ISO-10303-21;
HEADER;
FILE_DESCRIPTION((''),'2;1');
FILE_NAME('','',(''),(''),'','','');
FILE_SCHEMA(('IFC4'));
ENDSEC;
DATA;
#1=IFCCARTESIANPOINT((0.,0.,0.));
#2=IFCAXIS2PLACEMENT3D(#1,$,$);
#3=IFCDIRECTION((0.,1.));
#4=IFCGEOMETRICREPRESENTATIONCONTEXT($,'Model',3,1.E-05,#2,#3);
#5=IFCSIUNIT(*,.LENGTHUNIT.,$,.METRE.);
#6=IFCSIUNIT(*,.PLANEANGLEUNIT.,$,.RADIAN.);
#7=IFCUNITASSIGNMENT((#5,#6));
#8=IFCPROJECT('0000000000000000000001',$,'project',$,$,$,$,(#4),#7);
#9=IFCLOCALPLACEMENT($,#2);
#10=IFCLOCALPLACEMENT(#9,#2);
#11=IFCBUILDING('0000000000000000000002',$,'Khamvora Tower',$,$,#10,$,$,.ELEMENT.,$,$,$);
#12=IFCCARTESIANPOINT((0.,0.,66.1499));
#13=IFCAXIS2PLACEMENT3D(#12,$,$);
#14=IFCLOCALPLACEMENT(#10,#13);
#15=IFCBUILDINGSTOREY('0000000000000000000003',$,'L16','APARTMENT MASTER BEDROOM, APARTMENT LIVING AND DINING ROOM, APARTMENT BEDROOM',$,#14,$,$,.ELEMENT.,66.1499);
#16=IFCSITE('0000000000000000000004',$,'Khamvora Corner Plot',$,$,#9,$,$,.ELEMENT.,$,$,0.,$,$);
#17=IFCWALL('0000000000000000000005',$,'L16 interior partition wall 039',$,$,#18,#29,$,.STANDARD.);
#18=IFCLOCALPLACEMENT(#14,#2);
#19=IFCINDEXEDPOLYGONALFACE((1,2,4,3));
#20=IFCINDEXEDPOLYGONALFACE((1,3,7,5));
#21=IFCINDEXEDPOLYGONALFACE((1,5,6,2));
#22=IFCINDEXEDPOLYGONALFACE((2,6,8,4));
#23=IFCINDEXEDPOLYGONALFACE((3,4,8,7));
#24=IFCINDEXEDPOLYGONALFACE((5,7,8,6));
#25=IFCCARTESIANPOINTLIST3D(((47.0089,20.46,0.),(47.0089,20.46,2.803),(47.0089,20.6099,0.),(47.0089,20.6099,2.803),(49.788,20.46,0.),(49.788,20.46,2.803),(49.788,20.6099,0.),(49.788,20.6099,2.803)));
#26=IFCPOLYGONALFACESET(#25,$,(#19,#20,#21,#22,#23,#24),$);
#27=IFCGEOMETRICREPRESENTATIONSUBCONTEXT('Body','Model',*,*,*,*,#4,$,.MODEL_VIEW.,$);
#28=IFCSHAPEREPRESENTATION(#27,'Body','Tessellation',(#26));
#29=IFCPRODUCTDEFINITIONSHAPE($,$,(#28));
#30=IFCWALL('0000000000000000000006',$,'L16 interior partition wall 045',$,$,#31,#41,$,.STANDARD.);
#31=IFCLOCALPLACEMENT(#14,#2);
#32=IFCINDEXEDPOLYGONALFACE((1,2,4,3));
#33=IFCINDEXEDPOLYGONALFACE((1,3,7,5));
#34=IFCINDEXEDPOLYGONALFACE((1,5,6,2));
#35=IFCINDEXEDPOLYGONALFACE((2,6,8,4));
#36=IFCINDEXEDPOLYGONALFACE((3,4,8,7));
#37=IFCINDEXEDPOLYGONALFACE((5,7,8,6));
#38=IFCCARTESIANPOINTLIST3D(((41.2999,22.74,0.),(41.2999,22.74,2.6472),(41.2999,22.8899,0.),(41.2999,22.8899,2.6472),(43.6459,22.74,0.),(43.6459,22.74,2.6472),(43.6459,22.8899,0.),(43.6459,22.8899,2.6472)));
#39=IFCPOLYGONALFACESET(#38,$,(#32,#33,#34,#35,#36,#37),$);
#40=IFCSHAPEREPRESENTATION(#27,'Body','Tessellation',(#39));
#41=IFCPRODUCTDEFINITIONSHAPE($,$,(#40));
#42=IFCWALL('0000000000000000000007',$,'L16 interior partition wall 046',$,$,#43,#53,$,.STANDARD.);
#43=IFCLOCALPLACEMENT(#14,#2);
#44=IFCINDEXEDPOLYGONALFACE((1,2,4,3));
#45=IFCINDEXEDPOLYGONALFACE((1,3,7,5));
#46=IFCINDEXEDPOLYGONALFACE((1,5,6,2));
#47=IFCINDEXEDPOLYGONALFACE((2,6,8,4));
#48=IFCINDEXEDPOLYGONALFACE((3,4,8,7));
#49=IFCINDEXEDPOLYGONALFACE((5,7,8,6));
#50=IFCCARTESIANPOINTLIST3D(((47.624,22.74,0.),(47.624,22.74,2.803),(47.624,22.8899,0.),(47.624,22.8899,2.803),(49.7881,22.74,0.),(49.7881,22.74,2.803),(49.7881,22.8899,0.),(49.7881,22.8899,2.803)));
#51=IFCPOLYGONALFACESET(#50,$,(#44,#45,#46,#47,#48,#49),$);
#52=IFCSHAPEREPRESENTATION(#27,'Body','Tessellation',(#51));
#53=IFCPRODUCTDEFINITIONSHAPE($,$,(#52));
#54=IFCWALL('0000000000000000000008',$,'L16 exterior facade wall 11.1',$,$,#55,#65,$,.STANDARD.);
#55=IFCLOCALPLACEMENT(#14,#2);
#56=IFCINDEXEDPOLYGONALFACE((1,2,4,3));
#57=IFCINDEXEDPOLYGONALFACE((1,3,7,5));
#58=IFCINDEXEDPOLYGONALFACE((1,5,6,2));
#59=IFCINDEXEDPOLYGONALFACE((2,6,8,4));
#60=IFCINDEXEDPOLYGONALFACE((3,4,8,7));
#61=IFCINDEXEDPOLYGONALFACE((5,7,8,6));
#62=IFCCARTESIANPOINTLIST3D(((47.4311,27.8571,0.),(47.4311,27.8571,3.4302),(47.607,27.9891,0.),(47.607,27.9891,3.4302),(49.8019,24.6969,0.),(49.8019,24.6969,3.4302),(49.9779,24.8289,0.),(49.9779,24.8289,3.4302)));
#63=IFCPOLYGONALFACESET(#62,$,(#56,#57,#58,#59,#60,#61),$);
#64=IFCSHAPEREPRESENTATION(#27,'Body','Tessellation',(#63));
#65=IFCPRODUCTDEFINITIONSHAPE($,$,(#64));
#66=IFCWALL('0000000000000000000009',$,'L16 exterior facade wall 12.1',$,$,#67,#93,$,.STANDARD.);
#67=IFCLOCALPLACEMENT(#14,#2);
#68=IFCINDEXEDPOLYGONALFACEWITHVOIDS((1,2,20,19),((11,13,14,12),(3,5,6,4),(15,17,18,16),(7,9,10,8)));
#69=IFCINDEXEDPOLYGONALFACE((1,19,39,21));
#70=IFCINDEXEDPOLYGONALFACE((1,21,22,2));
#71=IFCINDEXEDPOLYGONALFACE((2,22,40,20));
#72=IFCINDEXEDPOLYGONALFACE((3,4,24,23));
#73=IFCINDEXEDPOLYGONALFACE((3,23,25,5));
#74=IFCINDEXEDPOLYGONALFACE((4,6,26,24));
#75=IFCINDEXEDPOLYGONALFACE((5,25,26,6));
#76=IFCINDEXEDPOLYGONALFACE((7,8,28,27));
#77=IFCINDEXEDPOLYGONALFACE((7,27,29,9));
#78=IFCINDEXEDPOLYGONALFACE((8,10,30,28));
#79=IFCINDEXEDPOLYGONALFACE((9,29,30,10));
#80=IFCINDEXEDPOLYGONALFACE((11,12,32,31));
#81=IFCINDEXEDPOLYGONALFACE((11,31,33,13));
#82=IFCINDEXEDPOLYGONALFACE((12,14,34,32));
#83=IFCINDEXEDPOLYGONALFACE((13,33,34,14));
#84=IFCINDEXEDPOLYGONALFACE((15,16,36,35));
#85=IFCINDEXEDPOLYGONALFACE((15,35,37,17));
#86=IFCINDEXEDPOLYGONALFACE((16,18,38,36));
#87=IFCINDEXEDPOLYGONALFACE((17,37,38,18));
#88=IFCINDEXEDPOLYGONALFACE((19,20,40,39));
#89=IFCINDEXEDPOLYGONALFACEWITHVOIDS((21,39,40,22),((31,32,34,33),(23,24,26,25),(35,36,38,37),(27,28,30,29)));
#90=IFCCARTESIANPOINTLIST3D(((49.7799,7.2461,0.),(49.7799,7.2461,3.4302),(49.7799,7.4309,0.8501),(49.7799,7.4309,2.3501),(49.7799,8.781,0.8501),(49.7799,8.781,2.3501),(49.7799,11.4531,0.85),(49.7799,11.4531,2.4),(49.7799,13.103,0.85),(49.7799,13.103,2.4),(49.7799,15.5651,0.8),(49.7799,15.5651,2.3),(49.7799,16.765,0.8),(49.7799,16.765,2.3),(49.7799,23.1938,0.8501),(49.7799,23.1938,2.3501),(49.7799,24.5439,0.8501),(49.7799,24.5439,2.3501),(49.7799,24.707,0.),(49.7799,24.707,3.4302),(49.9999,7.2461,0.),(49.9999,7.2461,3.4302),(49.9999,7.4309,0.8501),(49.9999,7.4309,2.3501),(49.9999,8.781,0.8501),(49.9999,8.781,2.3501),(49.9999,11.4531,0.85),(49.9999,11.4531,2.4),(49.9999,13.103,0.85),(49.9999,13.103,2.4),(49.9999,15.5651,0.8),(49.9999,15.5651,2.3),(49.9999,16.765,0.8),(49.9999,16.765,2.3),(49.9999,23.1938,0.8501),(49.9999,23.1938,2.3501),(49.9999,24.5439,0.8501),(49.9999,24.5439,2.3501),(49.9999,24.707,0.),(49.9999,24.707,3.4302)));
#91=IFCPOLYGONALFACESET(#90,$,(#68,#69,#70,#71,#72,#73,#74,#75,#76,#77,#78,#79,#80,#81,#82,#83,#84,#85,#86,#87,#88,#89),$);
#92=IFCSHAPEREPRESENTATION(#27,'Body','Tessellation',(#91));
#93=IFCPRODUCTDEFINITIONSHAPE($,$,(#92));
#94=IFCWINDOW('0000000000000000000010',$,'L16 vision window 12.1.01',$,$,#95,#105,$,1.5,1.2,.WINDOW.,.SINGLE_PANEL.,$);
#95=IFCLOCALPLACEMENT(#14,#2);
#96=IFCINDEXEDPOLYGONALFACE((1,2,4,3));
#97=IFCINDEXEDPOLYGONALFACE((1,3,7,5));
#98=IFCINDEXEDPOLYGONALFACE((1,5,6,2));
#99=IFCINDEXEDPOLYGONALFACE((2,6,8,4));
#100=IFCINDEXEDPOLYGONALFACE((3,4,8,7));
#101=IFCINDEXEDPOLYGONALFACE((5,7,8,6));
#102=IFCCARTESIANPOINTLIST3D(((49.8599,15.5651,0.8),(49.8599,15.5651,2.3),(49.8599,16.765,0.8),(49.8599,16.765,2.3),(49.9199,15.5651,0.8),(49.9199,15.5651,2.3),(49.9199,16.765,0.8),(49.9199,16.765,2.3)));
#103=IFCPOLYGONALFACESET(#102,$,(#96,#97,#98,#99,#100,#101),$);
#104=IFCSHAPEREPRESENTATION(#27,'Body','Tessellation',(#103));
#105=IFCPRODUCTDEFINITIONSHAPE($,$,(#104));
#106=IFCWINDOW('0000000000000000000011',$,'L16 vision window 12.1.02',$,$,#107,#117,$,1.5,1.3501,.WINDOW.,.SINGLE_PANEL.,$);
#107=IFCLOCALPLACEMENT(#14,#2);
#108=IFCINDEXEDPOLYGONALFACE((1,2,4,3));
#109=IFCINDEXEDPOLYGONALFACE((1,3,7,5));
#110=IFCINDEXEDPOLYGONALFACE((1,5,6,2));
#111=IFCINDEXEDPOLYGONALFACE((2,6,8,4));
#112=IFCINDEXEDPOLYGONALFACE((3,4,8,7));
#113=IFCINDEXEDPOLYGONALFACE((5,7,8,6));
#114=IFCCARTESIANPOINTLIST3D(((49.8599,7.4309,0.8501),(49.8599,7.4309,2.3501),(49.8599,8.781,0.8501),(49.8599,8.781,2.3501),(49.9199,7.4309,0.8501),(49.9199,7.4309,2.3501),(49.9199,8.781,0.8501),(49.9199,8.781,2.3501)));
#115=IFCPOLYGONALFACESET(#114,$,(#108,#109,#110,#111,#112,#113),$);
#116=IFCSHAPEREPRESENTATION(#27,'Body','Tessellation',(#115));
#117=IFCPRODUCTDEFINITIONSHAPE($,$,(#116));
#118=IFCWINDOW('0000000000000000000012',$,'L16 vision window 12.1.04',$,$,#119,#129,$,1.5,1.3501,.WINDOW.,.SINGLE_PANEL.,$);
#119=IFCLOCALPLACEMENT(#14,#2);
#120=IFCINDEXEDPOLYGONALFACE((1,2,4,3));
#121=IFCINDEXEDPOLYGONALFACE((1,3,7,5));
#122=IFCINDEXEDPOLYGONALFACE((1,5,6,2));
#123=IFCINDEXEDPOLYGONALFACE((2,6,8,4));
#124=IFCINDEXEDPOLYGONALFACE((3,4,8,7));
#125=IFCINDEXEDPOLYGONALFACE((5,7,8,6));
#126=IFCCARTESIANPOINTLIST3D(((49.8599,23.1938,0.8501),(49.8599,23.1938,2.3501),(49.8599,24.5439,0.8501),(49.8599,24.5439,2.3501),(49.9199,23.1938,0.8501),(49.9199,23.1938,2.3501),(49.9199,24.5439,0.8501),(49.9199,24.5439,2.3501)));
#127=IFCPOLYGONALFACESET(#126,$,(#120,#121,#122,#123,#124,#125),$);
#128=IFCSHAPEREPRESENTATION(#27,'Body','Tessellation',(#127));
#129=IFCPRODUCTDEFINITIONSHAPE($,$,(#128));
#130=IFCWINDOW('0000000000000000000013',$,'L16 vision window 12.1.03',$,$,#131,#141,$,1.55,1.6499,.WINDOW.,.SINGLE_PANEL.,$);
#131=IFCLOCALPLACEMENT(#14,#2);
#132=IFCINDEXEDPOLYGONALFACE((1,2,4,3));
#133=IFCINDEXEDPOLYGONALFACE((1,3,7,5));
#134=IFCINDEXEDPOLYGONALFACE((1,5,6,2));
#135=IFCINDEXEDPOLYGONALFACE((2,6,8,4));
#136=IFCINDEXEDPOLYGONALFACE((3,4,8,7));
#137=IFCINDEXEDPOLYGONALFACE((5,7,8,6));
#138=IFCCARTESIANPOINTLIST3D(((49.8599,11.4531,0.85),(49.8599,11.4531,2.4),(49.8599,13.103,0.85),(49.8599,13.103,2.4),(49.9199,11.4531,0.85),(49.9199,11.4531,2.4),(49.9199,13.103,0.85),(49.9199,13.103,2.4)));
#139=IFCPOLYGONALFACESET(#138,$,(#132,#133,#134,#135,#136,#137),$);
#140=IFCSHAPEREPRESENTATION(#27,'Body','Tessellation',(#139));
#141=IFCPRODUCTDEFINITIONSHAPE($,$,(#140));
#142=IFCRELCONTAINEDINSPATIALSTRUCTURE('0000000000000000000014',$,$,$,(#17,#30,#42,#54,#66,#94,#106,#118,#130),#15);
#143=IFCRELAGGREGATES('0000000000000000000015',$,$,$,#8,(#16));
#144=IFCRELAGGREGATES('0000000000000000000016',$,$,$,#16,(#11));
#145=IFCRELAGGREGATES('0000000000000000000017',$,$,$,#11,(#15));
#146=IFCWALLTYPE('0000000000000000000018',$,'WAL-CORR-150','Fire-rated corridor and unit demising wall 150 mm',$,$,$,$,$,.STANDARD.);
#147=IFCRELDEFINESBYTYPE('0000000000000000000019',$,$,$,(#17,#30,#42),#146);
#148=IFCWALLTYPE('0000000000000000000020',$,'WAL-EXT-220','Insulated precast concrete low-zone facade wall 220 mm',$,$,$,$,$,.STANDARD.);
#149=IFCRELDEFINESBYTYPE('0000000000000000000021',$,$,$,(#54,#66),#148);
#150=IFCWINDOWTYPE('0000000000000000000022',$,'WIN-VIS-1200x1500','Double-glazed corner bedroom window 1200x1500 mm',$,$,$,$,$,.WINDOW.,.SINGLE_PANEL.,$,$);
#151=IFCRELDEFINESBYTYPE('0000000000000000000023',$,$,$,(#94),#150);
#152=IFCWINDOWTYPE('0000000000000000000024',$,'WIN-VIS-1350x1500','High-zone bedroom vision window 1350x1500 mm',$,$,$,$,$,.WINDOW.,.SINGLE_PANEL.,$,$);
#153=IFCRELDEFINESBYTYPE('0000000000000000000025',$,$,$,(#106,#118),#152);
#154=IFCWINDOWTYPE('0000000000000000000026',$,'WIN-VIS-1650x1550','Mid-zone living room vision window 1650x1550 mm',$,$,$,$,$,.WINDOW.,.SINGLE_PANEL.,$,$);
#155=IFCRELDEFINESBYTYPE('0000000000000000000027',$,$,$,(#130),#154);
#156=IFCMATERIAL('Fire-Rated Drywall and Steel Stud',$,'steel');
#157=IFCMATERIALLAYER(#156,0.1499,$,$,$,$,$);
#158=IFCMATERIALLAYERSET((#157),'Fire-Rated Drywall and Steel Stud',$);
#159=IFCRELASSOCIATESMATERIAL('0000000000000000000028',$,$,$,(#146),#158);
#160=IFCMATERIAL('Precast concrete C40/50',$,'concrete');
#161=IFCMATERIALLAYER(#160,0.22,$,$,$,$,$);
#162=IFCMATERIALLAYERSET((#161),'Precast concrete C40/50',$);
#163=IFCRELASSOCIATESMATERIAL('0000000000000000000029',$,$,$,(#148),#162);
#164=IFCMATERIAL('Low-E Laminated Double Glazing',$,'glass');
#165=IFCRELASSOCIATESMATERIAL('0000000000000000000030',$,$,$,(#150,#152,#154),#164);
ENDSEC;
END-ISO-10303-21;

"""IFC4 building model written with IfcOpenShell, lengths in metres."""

from ifc_helpers import new_model, si_unit, direction, frame, frame_2d, origin, place, context, subcontext, project, spatial, rectangle, extrude, material, layer, layer_set, type_object, element, fill, save


model = new_model("IFC4")

# Units and contexts
model_context = context("Model", 3, precision=1e-05, world=origin(), true_north=direction((0.0, 1.0)))
body_context = subcontext(model_context, "Body", "Model", "MODEL_VIEW")
ifc_project = project(units=[si_unit("LENGTHUNIT", "METRE"), si_unit("PLANEANGLEUNIT", "RADIAN")], contexts=[model_context])

# Site, building, storey
site_placement = place(None, origin())
site = spatial("IfcSite", under=ifc_project, at=site_placement, Name="Khamvora Corner Plot", CompositionType="ELEMENT", RefElevation=0.0)
building_placement = place(site_placement, origin())
building = spatial("IfcBuilding", under=site, at=building_placement, Name="Khamvora Tower", CompositionType="ELEMENT")
storey_placement = place(building_placement, frame((0.0, 0.0, 66.1499)))
storey = spatial("IfcBuildingStorey", under=building, at=storey_placement, Name="L16", Description="APARTMENT MASTER BEDROOM, APARTMENT LIVING AND DINING ROOM, APARTMENT BEDROOM", CompositionType="ELEMENT", Elevation=66.1499)

# Shared definitions
ifc_material_1 = material(Name="Fire-Rated Drywall and Steel Stud", Category="steel")
ifc_layer_1 = layer(ifc_material_1, 0.1499)
ifc_layer_set_1 = layer_set([ifc_layer_1], Name="Fire-Rated Drywall and Steel Stud")
wall_type_1 = type_object("IfcWallType", Name="WAL-CORR-150", Description="Fire-rated corridor and unit demising wall 150 mm", PredefinedType="STANDARD", material=ifc_layer_set_1)

# Wall
wall_1_placement = place(storey_placement, frame((49.7881, 20.5349, 0.0), z_axis=(0.0, 0.0, 1.0), x_axis=(-1.0, 0.0, 0.0)))
element("IfcWall", 1, at=wall_1_placement, inside=storey, type_object=wall_type_1, Name="L16 interior partition wall 039", PredefinedType="STANDARD", context=body_context, shape_type="SweptSolid", body=[
    extrude(rectangle(XDim=2.7791, YDim=0.1499, at=frame_2d((1.3896, 0.0))), origin(), (0.0, 0.0, 1.0), 2.803),
])

# Walls
wall_2_placement = place(storey_placement, frame((41.3, 22.8149, 0.0), z_axis=(0.0, 0.0, 1.0), x_axis=(1.0, 0.0, 0.0)))
element("IfcWall", 2, at=wall_2_placement, inside=storey, type_object=wall_type_1, Name="L16 interior partition wall 045", PredefinedType="STANDARD", context=body_context, shape_type="SweptSolid", body=[
    extrude(rectangle(XDim=2.3459, YDim=0.1499, at=frame_2d((1.1729, 0.0))), origin(), (0.0, 0.0, 1.0), 2.6472),
])
wall_3_placement = place(storey_placement, frame((47.624, 22.8149, 0.0), z_axis=(0.0, 0.0, 1.0), x_axis=(1.0, 0.0, 0.0)))
element("IfcWall", 3, at=wall_3_placement, inside=storey, type_object=wall_type_1, Name="L16 interior partition wall 046", PredefinedType="STANDARD", context=body_context, shape_type="SweptSolid", body=[
    extrude(rectangle(XDim=2.1641, YDim=0.1499, at=frame_2d((1.082, 0.0))), origin(), (0.0, 0.0, 1.0), 2.803),
])
ifc_material_2 = material(Name="Precast concrete C40/50", Category="concrete")
ifc_layer_2 = layer(ifc_material_2, 0.22)
ifc_layer_set_2 = layer_set([ifc_layer_2], Name="Precast concrete C40/50")
wall_type_2 = type_object("IfcWallType", Name="WAL-EXT-220", Description="Insulated precast concrete low-zone facade wall 220 mm", PredefinedType="STANDARD", material=ifc_layer_set_2)
wall_4_placement = place(storey_placement, frame((47.519, 27.9231, 0.0), z_axis=(0.0, 0.0, 1.0), x_axis=(0.600119, -0.799911, 0.0)))
element("IfcWall", 4, at=wall_4_placement, inside=storey, type_object=wall_type_2, Name="L16 exterior facade wall 11.1", PredefinedType="STANDARD", context=body_context, shape_type="SweptSolid", body=[
    extrude(rectangle(XDim=3.9507, YDim=0.22, at=frame_2d((1.9753, 0.0))), origin(), (0.0, 0.0, 1.0), 3.4302),
])

# Wall, openings, windows
wall_5_placement = place(storey_placement, frame((49.8899, 24.707, 0.0), z_axis=(0.0, 0.0, 1.0), x_axis=(0.0, -1.0, 0.0)))
wall_5 = element("IfcWall", 5, at=wall_5_placement, inside=storey, type_object=wall_type_2, Name="L16 exterior facade wall 12.1", PredefinedType="STANDARD", context=body_context, shape_type="SweptSolid", body=[
    extrude(rectangle(XDim=17.4609, YDim=0.22, at=frame_2d((8.7305, 0.0))), origin(), (0.0, 0.0, 1.0), 3.4302),
])
opening_1_placement = place(wall_5_placement, frame((7.9419, 0.0, 0.8)))
opening_1 = element("IfcOpeningElement", 6, at=opening_1_placement, cuts=wall_5, PredefinedType="OPENING", context=body_context, shape_type="SweptSolid", body=[
    extrude(rectangle(XDim=1.2, YDim=1.5, at=frame_2d((0.6001, 0.75))), frame((0.0, 0.1199, 0.0), z_axis=(0.0, -1.0, 0.0), x_axis=(1.0, 0.0, 0.0)), (0.0, 0.0, 1.0), 0.24),
])
opening_2_placement = place(wall_5_placement, frame((15.926, 0.0, 0.8501)))
opening_2 = element("IfcOpeningElement", 7, at=opening_2_placement, cuts=wall_5, PredefinedType="OPENING", context=body_context, shape_type="SweptSolid", body=[
    extrude(rectangle(XDim=1.3501, YDim=1.5, at=frame_2d((0.675, 0.75))), frame((0.0, 0.1199, 0.0), z_axis=(0.0, -1.0, 0.0), x_axis=(1.0, 0.0, 0.0)), (0.0, 0.0, 1.0), 0.24),
])
opening_3_placement = place(wall_5_placement, frame((11.604, 0.0, 0.8501)))
opening_3 = element("IfcOpeningElement", 8, at=opening_3_placement, cuts=wall_5, PredefinedType="OPENING", context=body_context, shape_type="SweptSolid", body=[
    extrude(rectangle(XDim=1.6499, YDim=1.55, at=frame_2d((0.825, 0.7749))), frame((0.0, 0.1199, 0.0), z_axis=(0.0, -1.0, 0.0), x_axis=(1.0, 0.0, 0.0)), (0.0, 0.0, 1.0), 0.24),
])
opening_4_placement = place(wall_5_placement, frame((0.1631, 0.0, 0.8501)))
opening_4 = element("IfcOpeningElement", 9, at=opening_4_placement, cuts=wall_5, PredefinedType="OPENING", context=body_context, shape_type="SweptSolid", body=[
    extrude(rectangle(XDim=1.3501, YDim=1.5, at=frame_2d((0.675, 0.75))), frame((0.0, 0.1199, 0.0), z_axis=(0.0, -1.0, 0.0), x_axis=(1.0, 0.0, 0.0)), (0.0, 0.0, 1.0), 0.24),
])
ifc_material_3 = material(Name="Low-E Laminated Double Glazing", Category="glass")
window_type_1 = type_object("IfcWindowType", Name="WIN-VIS-1200x1500", Description="Double-glazed corner bedroom window 1200x1500 mm", PartitioningType="SINGLE_PANEL", PredefinedType="WINDOW", material=ifc_material_3)
window_1_placement = place(opening_1_placement, origin())
window_1 = element("IfcWindow", 10, at=window_1_placement, inside=storey, type_object=window_type_1, Name="L16 vision window 12.1.01", OverallHeight=1.5, OverallWidth=1.2, PartitioningType="SINGLE_PANEL", PredefinedType="WINDOW", context=body_context, shape_type="SweptSolid", body=[
    extrude(rectangle(XDim=1.2, YDim=1.5, at=frame_2d((0.6001, 0.75))), frame((0.0, 0.03, 0.0), z_axis=(0.0, -1.0, 0.0), x_axis=(1.0, 0.0, 0.0)), (0.0, 0.0, 1.0), 0.0601),
])
fill(opening_1, window_1)
window_type_2 = type_object("IfcWindowType", Name="WIN-VIS-1350x1500", Description="High-zone bedroom vision window 1350x1500 mm", PartitioningType="SINGLE_PANEL", PredefinedType="WINDOW", material=ifc_material_3)
window_2_placement = place(opening_2_placement, origin())
window_2 = element("IfcWindow", 11, at=window_2_placement, inside=storey, type_object=window_type_2, Name="L16 vision window 12.1.02", OverallHeight=1.5, OverallWidth=1.3501, PartitioningType="SINGLE_PANEL", PredefinedType="WINDOW", context=body_context, shape_type="SweptSolid", body=[
    extrude(rectangle(XDim=1.3501, YDim=1.5, at=frame_2d((0.675, 0.75))), frame((0.0, 0.03, 0.0), z_axis=(0.0, -1.0, 0.0), x_axis=(1.0, 0.0, 0.0)), (0.0, 0.0, 1.0), 0.0601),
])
fill(opening_2, window_2)
window_3_placement = place(opening_4_placement, origin())
window_3 = element("IfcWindow", 12, at=window_3_placement, inside=storey, type_object=window_type_2, Name="L16 vision window 12.1.04", OverallHeight=1.5, OverallWidth=1.3501, PartitioningType="SINGLE_PANEL", PredefinedType="WINDOW", context=body_context, shape_type="SweptSolid", body=[
    extrude(rectangle(XDim=1.3501, YDim=1.5, at=frame_2d((0.675, 0.75))), frame((0.0, 0.03, 0.0), z_axis=(0.0, -1.0, 0.0), x_axis=(1.0, 0.0, 0.0)), (0.0, 0.0, 1.0), 0.0601),
])
fill(opening_4, window_3)
window_type_3 = type_object("IfcWindowType", Name="WIN-VIS-1650x1550", Description="Mid-zone living room vision window 1650x1550 mm", PartitioningType="SINGLE_PANEL", PredefinedType="WINDOW", material=ifc_material_3)
window_4_placement = place(opening_3_placement, origin())
window_4 = element("IfcWindow", 13, at=window_4_placement, inside=storey, type_object=window_type_3, Name="L16 vision window 12.1.03", OverallHeight=1.55, OverallWidth=1.6499, PartitioningType="SINGLE_PANEL", PredefinedType="WINDOW", context=body_context, shape_type="SweptSolid", body=[
    extrude(rectangle(XDim=1.6499, YDim=1.55, at=frame_2d((0.825, 0.7749))), frame((0.0, 0.03, 0.0), z_axis=(0.0, -1.0, 0.0), x_axis=(1.0, 0.0, 0.0)), (0.0, 0.0, 1.0), 0.0601),
])
fill(opening_3, window_4)

save(model, "model.ifc")
